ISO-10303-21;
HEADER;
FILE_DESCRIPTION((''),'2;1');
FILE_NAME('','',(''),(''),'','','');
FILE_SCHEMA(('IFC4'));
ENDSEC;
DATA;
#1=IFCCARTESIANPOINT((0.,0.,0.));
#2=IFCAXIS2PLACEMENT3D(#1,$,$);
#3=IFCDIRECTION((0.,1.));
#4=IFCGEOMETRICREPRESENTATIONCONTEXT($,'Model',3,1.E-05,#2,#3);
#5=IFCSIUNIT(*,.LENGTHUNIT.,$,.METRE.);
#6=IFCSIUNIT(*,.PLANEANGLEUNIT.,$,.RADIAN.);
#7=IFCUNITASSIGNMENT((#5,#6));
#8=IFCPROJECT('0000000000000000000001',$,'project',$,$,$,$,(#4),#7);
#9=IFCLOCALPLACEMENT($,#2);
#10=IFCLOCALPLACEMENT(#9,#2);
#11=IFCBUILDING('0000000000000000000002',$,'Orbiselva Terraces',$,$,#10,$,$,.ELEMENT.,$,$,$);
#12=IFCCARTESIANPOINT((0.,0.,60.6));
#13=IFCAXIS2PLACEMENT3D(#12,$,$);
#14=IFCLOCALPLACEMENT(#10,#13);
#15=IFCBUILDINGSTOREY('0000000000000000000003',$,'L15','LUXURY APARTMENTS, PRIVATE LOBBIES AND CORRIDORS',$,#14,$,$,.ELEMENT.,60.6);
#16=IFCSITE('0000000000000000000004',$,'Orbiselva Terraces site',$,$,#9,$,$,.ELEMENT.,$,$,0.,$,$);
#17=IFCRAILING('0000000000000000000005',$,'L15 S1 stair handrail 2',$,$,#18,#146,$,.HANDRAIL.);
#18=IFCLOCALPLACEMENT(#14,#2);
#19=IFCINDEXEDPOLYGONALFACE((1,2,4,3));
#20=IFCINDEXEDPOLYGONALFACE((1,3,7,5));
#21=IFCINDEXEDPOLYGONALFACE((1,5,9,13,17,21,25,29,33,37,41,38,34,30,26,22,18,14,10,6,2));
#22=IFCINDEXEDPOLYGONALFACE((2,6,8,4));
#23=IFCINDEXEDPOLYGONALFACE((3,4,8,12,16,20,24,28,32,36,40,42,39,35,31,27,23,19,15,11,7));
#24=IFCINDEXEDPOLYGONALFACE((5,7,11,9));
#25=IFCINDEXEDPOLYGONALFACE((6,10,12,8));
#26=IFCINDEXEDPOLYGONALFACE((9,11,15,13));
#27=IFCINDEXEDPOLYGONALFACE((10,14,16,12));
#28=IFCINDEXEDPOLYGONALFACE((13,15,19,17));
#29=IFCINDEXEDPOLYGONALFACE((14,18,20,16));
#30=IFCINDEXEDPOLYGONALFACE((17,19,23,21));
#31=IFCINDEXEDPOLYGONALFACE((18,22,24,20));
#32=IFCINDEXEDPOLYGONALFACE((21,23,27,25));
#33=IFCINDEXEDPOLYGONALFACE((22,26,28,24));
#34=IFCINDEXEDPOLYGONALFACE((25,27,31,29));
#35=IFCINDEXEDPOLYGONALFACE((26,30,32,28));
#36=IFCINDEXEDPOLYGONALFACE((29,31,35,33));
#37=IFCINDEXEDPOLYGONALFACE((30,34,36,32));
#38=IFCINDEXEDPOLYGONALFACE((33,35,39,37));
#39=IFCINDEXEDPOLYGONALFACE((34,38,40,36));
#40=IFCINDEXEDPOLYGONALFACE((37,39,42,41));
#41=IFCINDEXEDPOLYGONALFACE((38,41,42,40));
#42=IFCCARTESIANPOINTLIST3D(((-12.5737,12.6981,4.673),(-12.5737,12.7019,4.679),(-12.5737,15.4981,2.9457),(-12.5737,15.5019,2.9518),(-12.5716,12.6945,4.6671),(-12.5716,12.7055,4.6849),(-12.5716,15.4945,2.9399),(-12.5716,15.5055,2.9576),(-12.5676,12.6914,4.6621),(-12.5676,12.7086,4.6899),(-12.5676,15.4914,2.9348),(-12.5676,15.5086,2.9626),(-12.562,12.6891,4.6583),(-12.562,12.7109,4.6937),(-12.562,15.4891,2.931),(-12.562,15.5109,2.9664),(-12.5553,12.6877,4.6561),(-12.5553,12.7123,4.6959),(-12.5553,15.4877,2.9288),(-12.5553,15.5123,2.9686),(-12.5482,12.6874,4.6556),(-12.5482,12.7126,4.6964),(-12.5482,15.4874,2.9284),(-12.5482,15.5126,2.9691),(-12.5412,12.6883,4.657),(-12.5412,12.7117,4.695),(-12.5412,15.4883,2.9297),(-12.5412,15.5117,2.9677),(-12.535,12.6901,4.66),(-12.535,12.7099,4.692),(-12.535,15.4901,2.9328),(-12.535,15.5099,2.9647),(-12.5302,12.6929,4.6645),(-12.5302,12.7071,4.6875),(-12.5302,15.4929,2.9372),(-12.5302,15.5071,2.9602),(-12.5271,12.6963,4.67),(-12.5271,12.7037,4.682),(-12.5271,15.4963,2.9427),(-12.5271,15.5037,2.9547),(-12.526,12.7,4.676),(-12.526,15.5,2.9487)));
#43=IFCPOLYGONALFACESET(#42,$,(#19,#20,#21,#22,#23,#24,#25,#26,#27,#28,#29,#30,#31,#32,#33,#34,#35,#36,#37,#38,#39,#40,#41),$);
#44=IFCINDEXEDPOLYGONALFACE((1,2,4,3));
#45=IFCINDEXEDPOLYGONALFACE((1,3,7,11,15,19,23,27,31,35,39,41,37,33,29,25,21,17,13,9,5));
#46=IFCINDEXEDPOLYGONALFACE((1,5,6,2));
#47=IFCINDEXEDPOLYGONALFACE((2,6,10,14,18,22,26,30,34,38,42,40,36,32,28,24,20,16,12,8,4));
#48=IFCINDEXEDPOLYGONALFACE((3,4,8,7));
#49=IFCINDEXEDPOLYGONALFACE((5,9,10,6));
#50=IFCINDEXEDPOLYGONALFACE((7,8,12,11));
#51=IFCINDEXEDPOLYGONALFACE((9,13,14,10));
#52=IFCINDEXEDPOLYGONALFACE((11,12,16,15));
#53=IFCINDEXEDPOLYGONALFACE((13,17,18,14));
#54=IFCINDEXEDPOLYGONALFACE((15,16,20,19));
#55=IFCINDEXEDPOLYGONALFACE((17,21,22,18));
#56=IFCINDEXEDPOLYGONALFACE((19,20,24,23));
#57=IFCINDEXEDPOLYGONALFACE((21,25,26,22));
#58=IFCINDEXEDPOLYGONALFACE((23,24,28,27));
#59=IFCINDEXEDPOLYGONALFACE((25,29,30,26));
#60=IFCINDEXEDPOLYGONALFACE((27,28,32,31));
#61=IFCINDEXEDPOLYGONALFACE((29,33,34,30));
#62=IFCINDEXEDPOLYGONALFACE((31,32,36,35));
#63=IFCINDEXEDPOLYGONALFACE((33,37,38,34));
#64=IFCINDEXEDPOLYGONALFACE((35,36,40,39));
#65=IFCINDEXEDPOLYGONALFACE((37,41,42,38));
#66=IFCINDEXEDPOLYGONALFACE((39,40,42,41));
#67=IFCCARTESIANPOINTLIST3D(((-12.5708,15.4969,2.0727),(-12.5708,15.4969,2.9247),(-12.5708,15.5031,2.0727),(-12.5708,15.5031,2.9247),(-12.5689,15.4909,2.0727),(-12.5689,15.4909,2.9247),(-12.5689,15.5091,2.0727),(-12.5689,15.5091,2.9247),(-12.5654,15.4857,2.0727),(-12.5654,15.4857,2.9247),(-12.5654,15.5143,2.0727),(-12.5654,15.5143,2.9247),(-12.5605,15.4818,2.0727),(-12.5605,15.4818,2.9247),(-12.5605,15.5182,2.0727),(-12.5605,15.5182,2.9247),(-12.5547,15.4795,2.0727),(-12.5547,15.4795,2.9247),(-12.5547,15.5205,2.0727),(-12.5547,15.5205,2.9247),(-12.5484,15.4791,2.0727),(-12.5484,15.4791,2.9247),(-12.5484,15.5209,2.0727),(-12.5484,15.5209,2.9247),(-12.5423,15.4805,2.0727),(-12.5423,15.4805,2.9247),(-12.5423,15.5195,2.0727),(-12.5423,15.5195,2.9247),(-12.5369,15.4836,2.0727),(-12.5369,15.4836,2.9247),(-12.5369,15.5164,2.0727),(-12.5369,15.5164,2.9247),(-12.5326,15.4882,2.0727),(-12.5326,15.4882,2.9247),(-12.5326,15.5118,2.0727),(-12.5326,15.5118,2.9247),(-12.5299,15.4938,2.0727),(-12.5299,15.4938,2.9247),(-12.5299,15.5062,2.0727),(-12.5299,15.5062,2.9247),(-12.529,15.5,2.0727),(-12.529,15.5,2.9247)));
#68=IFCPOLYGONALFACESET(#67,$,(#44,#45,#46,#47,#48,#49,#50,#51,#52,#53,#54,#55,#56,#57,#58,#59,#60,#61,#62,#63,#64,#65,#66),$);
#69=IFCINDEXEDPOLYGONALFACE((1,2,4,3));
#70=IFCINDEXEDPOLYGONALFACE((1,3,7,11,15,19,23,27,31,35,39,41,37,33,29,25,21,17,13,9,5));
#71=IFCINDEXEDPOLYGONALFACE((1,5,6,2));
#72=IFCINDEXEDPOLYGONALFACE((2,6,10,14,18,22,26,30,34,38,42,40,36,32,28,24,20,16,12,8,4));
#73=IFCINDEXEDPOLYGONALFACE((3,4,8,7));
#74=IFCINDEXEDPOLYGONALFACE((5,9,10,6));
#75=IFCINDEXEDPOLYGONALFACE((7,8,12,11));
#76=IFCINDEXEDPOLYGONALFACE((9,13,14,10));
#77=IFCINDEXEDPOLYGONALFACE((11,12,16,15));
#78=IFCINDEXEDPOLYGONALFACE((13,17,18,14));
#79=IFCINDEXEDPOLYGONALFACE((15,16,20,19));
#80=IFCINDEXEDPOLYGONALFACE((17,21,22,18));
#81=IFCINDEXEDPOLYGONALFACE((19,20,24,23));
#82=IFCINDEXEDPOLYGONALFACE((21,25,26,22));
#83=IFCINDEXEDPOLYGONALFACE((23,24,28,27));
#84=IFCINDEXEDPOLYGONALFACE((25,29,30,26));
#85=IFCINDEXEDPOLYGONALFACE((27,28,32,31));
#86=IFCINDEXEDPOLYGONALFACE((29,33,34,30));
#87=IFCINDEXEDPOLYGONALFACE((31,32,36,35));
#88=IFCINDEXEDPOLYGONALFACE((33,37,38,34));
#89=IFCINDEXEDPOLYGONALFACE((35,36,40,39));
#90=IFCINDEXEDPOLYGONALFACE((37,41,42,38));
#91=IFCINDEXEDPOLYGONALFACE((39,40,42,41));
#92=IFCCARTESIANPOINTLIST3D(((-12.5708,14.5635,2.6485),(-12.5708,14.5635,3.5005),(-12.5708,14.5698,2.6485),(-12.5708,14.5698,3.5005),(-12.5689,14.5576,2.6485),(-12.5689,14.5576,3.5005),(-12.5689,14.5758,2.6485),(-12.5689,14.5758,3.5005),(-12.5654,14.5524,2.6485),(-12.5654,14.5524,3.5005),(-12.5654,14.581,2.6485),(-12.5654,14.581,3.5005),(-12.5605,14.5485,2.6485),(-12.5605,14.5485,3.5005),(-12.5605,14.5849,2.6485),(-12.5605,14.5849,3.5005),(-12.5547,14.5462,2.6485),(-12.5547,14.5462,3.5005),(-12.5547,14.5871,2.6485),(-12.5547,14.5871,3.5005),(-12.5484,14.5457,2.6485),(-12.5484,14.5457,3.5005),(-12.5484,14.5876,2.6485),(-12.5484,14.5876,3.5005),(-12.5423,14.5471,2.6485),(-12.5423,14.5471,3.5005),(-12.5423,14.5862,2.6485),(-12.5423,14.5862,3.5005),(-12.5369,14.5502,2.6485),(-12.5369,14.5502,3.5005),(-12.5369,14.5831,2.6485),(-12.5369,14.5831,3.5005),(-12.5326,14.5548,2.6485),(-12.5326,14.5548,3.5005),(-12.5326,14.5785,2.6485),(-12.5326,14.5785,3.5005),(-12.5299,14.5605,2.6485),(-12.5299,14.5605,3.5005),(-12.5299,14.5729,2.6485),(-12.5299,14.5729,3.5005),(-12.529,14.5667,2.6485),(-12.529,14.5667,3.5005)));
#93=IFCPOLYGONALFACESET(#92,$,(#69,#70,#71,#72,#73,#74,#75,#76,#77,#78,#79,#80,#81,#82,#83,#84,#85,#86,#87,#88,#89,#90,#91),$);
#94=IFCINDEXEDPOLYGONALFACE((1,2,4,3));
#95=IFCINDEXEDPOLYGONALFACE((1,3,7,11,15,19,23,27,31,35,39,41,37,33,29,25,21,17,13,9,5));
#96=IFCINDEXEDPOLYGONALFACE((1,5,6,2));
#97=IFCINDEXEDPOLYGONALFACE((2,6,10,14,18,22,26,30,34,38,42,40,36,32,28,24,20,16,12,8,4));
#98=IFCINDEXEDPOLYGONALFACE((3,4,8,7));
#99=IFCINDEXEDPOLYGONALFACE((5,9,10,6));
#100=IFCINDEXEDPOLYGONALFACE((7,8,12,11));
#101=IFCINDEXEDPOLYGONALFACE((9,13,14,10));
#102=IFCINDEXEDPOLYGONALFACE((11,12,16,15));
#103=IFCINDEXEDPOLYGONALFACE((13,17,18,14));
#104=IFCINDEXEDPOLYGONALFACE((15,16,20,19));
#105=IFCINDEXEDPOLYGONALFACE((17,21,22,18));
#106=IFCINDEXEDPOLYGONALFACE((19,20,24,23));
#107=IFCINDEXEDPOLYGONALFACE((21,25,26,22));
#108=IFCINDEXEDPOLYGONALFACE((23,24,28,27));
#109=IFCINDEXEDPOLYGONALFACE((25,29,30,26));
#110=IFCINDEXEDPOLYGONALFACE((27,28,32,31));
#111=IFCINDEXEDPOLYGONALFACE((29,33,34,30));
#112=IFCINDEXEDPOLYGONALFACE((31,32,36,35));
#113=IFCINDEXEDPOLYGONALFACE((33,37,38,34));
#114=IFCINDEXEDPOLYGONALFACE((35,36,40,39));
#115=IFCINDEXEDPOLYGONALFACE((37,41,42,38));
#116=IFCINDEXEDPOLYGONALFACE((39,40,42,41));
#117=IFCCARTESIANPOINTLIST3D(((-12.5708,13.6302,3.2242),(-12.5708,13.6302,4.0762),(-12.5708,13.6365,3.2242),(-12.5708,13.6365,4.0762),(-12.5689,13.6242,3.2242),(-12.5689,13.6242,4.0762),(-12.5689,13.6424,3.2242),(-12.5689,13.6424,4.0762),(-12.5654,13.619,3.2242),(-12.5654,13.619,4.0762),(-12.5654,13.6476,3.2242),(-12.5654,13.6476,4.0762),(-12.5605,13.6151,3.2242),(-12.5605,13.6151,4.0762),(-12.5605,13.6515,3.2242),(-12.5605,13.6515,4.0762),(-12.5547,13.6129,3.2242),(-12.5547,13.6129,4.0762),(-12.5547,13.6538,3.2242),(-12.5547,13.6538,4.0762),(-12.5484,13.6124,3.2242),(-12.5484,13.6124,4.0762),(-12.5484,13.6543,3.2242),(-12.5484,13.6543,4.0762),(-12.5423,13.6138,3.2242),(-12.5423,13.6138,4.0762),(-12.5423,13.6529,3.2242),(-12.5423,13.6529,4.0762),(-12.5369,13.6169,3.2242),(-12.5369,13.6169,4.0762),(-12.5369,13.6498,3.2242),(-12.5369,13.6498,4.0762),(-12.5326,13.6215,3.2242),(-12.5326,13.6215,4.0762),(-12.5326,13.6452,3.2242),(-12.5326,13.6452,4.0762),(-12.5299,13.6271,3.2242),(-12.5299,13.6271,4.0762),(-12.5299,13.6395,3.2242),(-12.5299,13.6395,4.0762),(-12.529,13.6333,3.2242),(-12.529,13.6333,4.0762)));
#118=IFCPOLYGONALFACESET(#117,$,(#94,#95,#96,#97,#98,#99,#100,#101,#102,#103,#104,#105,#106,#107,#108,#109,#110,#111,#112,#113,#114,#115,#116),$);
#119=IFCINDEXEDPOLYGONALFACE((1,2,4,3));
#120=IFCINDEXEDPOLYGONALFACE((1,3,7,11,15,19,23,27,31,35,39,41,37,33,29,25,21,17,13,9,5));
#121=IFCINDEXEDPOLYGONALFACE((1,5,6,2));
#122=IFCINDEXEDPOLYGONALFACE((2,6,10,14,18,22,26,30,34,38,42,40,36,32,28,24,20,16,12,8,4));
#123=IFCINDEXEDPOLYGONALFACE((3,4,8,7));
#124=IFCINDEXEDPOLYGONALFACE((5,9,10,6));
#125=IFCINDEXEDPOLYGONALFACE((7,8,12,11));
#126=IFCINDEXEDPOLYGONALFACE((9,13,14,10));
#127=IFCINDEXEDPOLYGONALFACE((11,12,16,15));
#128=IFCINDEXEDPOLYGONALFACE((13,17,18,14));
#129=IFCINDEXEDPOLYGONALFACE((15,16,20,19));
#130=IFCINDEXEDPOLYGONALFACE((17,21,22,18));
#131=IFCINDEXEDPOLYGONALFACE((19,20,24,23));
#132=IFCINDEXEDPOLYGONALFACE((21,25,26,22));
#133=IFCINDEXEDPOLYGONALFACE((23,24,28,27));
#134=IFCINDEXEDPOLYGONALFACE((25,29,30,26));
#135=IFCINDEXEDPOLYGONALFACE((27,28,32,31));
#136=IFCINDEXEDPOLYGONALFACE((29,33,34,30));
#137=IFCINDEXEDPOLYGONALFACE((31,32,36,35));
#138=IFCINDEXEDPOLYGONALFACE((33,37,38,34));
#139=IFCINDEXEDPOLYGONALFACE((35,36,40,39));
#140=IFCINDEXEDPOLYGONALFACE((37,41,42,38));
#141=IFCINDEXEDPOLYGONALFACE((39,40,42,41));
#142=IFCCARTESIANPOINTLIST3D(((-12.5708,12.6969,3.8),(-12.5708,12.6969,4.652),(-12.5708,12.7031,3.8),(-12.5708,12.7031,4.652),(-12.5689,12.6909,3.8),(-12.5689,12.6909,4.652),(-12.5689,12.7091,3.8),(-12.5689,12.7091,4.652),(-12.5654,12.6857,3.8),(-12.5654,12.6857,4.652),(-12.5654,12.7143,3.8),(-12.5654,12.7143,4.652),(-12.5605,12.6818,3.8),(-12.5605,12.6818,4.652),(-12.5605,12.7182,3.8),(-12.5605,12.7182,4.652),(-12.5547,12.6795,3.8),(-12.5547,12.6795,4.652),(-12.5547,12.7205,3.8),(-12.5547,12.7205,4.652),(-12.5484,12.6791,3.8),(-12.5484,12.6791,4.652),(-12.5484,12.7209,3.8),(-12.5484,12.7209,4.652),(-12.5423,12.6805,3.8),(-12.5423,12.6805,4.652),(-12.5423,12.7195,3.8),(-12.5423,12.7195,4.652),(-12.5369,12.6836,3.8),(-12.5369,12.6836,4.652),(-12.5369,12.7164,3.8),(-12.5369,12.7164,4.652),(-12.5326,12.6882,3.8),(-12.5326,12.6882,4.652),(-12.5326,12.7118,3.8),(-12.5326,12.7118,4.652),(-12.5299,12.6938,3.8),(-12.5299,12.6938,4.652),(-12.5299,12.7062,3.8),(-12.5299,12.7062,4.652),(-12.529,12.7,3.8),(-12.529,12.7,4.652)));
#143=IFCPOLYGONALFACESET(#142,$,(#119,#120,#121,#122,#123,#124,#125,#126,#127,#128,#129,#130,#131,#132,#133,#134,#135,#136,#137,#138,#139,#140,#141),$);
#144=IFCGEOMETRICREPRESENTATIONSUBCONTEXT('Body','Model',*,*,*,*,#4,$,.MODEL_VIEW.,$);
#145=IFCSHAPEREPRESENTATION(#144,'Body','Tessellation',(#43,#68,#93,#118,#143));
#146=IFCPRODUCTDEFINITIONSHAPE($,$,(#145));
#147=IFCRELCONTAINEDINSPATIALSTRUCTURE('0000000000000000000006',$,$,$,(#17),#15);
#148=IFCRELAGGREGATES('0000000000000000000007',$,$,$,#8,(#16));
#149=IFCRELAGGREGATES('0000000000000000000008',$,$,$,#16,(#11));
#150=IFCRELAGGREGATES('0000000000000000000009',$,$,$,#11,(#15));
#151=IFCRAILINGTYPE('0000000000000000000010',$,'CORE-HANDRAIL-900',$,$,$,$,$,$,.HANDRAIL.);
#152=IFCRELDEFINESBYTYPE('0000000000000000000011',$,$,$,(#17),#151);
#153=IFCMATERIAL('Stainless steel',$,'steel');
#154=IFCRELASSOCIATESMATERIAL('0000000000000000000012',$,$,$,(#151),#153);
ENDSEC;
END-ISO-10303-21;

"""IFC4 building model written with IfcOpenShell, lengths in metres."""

from ifc_helpers import new_model, si_unit, direction, frame, origin, origin_2d, place, context, subcontext, project, spatial, circle, extrude, material, type_object, element, save


model = new_model("IFC4")

# Units and contexts
model_context = context("Model", 3, precision=1e-05, world=origin(), true_north=direction((0.0, 1.0)))
body_context = subcontext(model_context, "Body", "Model", "MODEL_VIEW")
ifc_project = project(units=[si_unit("LENGTHUNIT", "METRE"), si_unit("PLANEANGLEUNIT", "RADIAN")], contexts=[model_context])

# Site, building, storey
site_placement = place(None, origin())
site = spatial("IfcSite", under=ifc_project, at=site_placement, Name="Orbiselva Terraces site", CompositionType="ELEMENT", RefElevation=0.0)
building_placement = place(site_placement, origin())
building = spatial("IfcBuilding", under=site, at=building_placement, Name="Orbiselva Terraces", CompositionType="ELEMENT")
storey_placement = place(building_placement, frame((0.0, 0.0, 60.6)))
storey = spatial("IfcBuildingStorey", under=building, at=storey_placement, Name="L15", Description="LUXURY APARTMENTS, PRIVATE LOBBIES AND CORRIDORS", CompositionType="ELEMENT", Elevation=60.6)

# Railing
ifc_material_1 = material(Name="Stainless steel", Category="steel")
railing_type = type_object("IfcRailingType", Name="CORE-HANDRAIL-900", PredefinedType="HANDRAIL", material=ifc_material_1)
railing_1_placement = place(storey_placement, frame((-12.55, 15.5, 2.0727)))
element("IfcRailing", 1, at=railing_1_placement, inside=storey, type_object=railing_type, Name="L15 S1 stair handrail 2", PredefinedType="HANDRAIL", context=body_context, shape_type="SweptSolid", body=[
    extrude(circle(Radius=0.024, at=origin_2d()), frame((0.0, 0.0, 0.876), z_axis=(0.0, -0.851089, 0.525022), x_axis=(1.0, 0.0, 0.0)), (0.0, 0.0, 1.0), 3.2899),
    extrude(circle(Radius=0.021, at=origin_2d()), origin(), (0.0, 0.0, 1.0), 0.852),
    extrude(circle(Radius=0.021, at=origin_2d()), frame((0.0, -0.9333, 0.5758)), (0.0, 0.0, 1.0), 0.852),
    extrude(circle(Radius=0.021, at=origin_2d()), frame((0.0, -1.8667, 1.1515)), (0.0, 0.0, 1.0), 0.852),
    extrude(circle(Radius=0.021, at=origin_2d()), frame((0.0, -2.8, 1.7273)), (0.0, 0.0, 1.0), 0.852),
])

save(model, "model.ifc")
